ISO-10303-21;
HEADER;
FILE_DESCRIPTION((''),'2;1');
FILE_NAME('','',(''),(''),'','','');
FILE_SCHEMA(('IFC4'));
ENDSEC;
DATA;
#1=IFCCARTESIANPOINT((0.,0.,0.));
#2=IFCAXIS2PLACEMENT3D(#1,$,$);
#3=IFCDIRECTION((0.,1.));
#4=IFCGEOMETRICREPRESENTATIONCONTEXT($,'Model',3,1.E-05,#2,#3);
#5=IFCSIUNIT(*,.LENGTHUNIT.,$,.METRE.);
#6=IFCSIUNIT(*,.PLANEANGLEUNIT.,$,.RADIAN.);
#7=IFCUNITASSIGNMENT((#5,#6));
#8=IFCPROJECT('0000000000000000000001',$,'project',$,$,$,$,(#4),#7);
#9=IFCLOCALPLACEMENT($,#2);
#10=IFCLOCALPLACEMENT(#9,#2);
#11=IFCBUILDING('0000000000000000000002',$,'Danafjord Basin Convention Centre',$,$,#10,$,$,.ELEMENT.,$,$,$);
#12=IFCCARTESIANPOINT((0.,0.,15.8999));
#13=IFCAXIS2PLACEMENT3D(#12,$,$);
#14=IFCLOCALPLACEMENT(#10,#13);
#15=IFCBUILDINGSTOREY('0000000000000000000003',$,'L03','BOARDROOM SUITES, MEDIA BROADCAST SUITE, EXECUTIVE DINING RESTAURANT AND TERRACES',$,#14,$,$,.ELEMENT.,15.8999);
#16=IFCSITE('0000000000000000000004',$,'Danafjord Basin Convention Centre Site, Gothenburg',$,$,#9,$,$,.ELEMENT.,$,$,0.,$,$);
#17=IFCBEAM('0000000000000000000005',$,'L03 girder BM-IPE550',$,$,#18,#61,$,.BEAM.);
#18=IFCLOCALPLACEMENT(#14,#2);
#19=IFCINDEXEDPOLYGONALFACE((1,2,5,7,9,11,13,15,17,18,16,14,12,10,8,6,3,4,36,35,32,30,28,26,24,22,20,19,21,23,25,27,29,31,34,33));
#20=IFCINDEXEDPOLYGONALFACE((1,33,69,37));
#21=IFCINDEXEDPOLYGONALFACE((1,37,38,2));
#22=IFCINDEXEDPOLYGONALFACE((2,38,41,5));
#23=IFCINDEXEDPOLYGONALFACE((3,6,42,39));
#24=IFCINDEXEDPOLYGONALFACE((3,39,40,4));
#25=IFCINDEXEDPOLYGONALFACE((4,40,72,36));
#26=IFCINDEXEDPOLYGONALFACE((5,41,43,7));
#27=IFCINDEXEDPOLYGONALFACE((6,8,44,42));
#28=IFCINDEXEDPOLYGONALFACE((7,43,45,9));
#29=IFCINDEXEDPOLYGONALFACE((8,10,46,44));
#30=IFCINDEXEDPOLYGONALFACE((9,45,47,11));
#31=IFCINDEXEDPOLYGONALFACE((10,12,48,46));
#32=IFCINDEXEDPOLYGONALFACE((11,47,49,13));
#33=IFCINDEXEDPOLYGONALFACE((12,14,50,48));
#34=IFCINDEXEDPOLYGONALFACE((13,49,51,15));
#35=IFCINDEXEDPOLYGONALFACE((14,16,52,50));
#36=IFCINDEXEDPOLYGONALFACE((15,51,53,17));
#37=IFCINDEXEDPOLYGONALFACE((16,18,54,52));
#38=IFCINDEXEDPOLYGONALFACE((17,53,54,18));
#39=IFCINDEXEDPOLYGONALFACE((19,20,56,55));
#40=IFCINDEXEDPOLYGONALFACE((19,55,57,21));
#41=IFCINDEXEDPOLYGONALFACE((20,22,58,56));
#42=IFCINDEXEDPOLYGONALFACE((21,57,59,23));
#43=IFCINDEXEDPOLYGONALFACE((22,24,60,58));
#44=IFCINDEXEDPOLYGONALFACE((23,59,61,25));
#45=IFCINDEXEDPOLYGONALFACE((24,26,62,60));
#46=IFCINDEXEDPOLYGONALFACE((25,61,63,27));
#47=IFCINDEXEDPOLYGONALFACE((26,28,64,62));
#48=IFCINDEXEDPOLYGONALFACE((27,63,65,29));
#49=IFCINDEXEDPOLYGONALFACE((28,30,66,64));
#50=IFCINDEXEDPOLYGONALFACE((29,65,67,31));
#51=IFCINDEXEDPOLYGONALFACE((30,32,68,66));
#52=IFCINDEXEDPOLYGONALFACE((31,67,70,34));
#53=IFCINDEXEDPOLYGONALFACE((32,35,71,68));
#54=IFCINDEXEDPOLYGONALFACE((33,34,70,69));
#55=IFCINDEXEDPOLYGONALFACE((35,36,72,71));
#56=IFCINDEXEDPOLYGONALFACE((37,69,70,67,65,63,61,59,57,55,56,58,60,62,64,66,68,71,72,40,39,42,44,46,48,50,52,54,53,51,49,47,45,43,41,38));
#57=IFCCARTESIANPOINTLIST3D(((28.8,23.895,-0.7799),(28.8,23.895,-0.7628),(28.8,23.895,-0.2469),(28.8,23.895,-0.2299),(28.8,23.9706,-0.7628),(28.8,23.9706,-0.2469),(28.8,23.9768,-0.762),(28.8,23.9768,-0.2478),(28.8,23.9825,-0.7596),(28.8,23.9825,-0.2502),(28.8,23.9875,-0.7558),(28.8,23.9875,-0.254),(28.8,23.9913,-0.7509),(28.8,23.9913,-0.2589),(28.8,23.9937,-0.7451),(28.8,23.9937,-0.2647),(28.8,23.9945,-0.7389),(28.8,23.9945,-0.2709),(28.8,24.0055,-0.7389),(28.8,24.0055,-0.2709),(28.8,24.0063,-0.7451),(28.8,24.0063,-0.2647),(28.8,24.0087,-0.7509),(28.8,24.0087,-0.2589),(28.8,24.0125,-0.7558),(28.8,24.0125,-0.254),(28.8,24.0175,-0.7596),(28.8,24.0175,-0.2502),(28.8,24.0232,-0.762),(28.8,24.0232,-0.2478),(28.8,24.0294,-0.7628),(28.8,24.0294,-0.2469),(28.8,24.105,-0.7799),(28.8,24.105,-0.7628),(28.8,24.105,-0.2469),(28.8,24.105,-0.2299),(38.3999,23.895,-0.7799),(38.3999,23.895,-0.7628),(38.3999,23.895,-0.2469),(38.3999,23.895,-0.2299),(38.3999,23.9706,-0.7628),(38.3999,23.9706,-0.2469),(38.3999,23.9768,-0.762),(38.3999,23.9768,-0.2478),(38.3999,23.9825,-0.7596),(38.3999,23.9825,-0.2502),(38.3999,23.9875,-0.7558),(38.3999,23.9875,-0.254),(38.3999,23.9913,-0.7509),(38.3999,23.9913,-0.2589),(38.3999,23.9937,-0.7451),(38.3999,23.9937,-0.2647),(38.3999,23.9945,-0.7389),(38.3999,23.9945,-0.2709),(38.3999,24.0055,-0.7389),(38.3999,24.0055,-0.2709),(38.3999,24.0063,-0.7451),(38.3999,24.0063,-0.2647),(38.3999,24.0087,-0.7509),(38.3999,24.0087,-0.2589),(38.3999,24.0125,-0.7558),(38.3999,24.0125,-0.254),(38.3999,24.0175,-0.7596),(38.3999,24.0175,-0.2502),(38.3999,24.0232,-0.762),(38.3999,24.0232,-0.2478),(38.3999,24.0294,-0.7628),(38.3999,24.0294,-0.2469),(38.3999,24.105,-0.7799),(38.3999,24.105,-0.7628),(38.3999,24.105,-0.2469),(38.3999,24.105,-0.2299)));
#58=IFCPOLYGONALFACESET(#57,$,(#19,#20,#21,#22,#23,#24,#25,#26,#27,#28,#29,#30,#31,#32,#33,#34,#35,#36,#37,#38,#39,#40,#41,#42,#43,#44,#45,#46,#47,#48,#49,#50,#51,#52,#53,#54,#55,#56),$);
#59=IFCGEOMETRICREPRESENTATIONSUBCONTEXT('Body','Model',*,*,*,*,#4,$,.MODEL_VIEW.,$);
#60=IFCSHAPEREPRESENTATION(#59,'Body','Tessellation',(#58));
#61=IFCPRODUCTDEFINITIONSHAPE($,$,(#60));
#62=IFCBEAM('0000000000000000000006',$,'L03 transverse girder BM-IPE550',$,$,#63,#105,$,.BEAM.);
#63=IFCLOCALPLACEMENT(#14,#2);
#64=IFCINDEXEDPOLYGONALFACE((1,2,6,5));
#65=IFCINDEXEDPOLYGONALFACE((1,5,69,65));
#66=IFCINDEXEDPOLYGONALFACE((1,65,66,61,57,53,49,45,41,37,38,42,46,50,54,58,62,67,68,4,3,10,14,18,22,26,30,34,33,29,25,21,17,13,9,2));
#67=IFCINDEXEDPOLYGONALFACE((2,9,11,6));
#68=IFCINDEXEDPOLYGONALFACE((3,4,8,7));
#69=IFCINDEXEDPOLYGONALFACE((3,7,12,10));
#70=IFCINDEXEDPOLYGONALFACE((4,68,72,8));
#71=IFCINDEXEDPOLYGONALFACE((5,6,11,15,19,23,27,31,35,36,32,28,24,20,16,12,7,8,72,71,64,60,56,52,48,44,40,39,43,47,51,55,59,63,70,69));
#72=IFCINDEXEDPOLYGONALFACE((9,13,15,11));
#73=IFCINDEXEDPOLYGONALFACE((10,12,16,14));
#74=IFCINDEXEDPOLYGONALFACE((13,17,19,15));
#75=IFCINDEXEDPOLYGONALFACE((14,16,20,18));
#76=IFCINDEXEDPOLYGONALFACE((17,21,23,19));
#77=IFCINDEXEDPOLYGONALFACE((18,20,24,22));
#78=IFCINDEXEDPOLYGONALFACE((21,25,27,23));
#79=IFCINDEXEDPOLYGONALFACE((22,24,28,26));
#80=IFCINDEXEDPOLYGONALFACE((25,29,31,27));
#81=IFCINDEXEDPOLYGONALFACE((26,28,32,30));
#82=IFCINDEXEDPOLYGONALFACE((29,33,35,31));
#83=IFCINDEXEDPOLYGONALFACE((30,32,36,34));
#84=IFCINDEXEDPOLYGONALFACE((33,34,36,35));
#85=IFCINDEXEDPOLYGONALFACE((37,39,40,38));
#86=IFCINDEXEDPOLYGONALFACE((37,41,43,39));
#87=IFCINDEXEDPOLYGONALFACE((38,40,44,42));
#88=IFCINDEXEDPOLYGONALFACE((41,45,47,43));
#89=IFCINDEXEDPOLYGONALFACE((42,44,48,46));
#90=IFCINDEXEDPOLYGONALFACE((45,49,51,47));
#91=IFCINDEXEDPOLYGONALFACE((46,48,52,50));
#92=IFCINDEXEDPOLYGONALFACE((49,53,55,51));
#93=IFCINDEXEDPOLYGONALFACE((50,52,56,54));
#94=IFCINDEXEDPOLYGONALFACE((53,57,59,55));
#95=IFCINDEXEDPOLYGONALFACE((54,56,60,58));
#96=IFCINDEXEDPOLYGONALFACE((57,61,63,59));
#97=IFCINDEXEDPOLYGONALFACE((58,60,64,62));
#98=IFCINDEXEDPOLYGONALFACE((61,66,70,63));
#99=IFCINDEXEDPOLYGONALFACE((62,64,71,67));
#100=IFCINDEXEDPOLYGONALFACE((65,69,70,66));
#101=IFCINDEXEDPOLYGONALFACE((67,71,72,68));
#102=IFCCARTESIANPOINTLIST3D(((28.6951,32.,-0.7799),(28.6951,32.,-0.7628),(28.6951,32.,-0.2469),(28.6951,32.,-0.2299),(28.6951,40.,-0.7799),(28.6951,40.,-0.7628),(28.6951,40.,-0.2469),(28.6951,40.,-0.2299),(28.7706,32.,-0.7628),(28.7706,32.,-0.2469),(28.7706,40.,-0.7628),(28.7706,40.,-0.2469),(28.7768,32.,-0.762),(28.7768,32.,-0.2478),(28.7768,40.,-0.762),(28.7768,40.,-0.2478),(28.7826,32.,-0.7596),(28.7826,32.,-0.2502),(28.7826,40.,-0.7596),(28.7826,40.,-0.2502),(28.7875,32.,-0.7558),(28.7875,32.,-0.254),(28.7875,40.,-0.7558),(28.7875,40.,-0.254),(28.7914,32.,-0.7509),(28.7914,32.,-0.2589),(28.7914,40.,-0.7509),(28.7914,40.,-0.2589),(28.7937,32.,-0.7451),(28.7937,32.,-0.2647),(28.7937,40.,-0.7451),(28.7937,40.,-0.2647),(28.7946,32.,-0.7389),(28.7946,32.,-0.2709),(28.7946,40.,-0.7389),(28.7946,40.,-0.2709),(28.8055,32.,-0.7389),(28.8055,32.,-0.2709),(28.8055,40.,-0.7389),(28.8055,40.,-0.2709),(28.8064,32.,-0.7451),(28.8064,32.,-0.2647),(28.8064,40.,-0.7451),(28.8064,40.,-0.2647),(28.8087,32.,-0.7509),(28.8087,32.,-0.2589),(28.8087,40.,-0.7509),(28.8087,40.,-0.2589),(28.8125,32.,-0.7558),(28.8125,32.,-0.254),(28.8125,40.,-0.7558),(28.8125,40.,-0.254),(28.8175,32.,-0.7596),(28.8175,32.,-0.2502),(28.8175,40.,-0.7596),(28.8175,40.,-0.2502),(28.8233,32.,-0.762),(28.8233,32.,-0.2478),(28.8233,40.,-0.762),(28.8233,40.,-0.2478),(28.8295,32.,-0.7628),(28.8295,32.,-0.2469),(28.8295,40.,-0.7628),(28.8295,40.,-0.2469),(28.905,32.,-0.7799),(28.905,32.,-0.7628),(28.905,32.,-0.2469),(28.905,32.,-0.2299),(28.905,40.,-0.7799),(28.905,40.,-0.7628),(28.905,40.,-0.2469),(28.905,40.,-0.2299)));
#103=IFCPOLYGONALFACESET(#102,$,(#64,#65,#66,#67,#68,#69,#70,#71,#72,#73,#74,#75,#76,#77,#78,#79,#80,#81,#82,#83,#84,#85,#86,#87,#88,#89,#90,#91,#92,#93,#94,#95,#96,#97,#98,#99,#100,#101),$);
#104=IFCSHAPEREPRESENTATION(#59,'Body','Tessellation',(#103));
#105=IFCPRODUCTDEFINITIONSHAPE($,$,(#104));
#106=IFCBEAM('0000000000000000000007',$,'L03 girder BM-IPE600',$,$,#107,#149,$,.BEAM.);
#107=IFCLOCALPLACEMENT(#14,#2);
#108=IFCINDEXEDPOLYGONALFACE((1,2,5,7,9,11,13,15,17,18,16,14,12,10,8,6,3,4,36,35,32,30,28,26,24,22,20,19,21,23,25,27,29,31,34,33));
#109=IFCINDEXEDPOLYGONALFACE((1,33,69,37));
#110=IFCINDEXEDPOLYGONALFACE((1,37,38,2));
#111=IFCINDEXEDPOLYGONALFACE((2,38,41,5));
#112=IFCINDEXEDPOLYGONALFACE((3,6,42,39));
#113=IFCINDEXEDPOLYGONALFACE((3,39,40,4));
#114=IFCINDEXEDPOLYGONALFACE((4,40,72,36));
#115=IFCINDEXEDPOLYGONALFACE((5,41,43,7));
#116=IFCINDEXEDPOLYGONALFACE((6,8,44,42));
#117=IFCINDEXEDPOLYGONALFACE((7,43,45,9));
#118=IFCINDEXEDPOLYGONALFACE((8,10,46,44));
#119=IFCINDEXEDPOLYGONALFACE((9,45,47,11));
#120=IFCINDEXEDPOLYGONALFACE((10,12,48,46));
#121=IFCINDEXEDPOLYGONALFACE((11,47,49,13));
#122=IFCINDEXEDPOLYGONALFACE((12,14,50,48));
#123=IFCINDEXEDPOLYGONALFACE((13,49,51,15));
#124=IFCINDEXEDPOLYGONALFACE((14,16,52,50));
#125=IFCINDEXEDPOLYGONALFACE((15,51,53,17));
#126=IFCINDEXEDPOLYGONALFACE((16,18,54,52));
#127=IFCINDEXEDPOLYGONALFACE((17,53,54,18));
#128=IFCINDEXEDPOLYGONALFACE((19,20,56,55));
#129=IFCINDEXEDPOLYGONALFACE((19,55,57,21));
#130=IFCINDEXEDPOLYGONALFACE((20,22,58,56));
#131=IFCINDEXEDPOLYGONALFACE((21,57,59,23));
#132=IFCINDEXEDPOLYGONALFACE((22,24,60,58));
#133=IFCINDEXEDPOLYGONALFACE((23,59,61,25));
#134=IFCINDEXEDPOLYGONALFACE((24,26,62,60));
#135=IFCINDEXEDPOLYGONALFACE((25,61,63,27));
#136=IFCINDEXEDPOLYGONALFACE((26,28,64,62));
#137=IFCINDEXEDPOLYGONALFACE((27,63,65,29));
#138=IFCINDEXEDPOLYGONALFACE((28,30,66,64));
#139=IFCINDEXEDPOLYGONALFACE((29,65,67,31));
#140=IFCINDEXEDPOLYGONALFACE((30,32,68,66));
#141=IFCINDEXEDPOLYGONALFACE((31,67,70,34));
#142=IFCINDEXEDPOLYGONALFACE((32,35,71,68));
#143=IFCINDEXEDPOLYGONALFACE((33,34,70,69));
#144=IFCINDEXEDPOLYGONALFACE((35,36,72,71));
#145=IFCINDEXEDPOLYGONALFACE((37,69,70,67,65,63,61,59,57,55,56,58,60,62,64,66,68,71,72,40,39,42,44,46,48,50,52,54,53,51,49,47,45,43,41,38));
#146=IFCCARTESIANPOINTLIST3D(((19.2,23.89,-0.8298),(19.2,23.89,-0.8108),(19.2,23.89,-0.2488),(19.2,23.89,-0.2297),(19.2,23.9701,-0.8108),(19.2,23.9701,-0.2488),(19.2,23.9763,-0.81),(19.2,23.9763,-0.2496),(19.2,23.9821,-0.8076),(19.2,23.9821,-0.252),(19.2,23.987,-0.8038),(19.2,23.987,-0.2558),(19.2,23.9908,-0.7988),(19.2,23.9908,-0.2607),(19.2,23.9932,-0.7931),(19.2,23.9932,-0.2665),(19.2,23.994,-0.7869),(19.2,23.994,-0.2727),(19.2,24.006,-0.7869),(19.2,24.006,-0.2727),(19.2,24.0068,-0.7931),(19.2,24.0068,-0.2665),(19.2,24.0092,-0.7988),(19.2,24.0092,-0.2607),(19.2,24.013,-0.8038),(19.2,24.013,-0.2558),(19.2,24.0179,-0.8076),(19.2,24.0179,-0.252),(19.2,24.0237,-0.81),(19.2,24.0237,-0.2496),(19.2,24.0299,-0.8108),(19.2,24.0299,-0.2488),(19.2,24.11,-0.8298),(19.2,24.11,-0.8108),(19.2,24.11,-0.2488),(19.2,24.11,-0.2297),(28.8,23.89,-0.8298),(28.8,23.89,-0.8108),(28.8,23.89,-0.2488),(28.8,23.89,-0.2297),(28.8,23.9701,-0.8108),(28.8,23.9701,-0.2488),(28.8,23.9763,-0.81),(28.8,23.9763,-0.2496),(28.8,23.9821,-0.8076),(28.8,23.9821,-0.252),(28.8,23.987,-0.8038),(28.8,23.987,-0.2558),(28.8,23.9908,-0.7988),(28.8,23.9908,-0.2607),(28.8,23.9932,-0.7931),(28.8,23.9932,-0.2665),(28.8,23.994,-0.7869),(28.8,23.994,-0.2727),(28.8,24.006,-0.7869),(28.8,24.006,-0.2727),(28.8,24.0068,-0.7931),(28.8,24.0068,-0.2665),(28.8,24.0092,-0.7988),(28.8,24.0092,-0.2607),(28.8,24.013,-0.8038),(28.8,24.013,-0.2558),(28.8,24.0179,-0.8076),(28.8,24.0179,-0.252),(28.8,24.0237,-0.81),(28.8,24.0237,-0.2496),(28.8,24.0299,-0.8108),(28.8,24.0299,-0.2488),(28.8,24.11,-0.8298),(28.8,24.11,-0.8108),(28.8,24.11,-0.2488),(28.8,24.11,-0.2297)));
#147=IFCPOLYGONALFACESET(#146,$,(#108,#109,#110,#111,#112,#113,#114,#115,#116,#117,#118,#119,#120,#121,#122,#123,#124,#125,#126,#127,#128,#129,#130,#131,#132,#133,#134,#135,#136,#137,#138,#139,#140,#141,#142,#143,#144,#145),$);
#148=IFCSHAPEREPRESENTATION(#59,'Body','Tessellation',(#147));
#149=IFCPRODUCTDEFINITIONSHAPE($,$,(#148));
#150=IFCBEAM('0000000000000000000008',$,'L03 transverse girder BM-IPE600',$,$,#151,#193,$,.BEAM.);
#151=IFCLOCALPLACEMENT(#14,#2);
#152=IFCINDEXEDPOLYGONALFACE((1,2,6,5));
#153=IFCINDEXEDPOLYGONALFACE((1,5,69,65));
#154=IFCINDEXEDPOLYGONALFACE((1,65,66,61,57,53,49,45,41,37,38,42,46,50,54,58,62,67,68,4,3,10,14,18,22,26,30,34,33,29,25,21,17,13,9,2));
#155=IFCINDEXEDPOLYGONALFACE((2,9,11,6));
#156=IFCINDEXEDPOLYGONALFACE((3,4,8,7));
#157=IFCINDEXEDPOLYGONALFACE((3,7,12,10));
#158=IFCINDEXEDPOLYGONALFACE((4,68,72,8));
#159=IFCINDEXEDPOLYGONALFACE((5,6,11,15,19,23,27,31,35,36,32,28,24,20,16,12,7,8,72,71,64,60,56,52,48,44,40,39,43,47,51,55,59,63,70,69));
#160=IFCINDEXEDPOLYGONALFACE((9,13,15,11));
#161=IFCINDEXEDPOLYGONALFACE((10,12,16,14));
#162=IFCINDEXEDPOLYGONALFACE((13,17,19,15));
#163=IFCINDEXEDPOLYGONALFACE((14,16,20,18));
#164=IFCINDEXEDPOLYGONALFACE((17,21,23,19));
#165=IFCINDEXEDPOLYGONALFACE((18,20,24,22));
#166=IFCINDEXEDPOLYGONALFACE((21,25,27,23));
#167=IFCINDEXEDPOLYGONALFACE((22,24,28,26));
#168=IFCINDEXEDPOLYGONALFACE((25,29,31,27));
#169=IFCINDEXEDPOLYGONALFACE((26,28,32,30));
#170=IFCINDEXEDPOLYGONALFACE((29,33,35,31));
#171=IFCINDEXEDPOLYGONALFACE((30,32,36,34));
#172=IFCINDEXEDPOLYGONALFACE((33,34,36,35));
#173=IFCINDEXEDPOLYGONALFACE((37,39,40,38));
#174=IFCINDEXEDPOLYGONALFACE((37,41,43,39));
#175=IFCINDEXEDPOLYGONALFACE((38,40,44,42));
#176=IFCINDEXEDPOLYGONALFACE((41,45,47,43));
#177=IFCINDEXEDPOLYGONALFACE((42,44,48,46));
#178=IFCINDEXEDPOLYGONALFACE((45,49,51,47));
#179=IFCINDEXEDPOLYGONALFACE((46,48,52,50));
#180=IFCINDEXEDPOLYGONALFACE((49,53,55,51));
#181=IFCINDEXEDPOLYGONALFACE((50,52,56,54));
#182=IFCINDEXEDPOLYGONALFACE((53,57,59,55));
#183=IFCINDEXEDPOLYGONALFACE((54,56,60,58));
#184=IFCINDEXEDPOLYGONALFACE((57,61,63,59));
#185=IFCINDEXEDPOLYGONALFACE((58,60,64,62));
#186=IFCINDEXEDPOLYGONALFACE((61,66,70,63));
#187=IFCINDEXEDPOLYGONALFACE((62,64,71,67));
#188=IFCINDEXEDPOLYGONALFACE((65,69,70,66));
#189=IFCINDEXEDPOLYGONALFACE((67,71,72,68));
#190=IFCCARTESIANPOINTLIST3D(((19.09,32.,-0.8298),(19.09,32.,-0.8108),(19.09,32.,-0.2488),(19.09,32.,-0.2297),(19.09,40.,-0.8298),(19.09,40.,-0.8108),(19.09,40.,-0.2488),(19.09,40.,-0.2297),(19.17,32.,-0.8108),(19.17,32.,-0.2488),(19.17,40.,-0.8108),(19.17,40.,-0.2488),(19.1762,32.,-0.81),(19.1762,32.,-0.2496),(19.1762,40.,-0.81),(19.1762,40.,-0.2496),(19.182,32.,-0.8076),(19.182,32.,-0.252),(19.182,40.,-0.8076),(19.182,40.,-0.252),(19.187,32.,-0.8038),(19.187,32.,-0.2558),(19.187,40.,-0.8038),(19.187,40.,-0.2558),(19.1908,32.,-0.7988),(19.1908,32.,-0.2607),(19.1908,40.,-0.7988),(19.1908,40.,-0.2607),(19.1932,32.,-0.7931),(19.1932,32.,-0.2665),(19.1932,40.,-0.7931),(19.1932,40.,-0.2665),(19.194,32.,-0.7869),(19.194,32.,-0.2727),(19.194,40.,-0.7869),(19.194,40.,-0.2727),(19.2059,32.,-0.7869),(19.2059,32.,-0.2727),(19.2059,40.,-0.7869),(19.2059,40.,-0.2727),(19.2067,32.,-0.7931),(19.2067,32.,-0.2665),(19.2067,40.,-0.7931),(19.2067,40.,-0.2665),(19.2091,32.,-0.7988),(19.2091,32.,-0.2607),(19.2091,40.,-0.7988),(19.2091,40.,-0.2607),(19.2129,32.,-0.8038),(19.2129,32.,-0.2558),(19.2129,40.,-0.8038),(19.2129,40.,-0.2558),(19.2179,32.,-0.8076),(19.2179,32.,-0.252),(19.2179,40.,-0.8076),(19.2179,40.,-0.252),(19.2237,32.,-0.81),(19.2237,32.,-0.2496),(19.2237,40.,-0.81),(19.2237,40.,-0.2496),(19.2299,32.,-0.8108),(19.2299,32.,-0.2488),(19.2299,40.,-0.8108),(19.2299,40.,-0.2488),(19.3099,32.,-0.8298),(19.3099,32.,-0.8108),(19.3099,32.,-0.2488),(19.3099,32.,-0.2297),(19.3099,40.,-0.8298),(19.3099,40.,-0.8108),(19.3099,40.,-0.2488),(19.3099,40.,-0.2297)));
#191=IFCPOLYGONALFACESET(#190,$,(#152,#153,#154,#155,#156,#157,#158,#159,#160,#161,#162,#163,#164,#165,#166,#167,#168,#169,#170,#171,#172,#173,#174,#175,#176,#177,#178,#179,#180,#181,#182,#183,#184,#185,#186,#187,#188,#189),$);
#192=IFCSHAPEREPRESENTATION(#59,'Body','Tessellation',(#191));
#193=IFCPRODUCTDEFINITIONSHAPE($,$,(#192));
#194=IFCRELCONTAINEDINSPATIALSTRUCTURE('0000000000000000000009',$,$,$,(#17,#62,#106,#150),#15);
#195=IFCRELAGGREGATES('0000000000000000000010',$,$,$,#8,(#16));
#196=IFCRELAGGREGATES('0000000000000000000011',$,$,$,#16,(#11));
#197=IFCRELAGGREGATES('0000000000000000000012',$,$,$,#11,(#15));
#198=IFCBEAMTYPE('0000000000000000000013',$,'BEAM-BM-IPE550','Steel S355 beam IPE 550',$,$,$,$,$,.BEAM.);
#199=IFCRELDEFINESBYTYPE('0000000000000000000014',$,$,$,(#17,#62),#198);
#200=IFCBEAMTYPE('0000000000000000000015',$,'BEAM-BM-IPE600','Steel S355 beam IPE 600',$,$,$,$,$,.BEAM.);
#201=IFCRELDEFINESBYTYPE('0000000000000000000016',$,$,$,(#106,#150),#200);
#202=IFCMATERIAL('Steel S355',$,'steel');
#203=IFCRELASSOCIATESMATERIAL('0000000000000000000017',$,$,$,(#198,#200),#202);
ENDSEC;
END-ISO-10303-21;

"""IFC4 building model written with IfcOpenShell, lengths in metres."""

from ifc_helpers import new_model, si_unit, direction, frame, origin, origin_2d, place, context, subcontext, project, spatial, i_section, extrude, material, material_profile, profile_set, type_object, element, save


model = new_model("IFC4")

# Units and contexts
model_context = context("Model", 3, precision=1e-05, world=origin(), true_north=direction((0.0, 1.0)))
body_context = subcontext(model_context, "Body", "Model", "MODEL_VIEW")
ifc_project = project(units=[si_unit("LENGTHUNIT", "METRE"), si_unit("PLANEANGLEUNIT", "RADIAN")], contexts=[model_context])

# Site, building, storey
site_placement = place(None, origin())
site = spatial("IfcSite", under=ifc_project, at=site_placement, Name="Danafjord Basin Convention Centre Site, Gothenburg", CompositionType="ELEMENT", RefElevation=0.0)
building_placement = place(site_placement, origin())
building = spatial("IfcBuilding", under=site, at=building_placement, Name="Danafjord Basin Convention Centre", CompositionType="ELEMENT")
storey_placement = place(building_placement, frame((0.0, 0.0, 15.8999)))
storey = spatial("IfcBuildingStorey", under=building, at=storey_placement, Name="L03", Description="BOARDROOM SUITES, MEDIA BROADCAST SUITE, EXECUTIVE DINING RESTAURANT AND TERRACES", CompositionType="ELEMENT", Elevation=15.8999)

# Shared definitions
ifc_material_1 = material(Name="Steel S355", Category="steel")

# Beams
ifc_material_profile_1 = material_profile(ifc_material_1, i_section(OverallWidth=0.21, OverallDepth=0.55, WebThickness=0.011, FlangeThickness=0.0171, FilletRadius=0.0239, at=origin_2d()), Name="IPE 550")
ifc_profile_set_1 = profile_set([ifc_material_profile_1], Name="Steel S355")
beam_type_1 = type_object("IfcBeamType", Name="BEAM-BM-IPE550", Description="Steel S355 beam IPE 550", PredefinedType="BEAM", material=ifc_profile_set_1)
beam_1_placement = place(storey_placement, frame((28.8, 24.0, -0.5049), z_axis=(1.0, 0.0, 0.0), x_axis=(0.0, 1.0, 0.0)))
element("IfcBeam", 1, at=beam_1_placement, inside=storey, type_object=beam_type_1, Name="L03 girder BM-IPE550", PredefinedType="BEAM", context=body_context, shape_type="SweptSolid", body=[
    extrude(i_section(OverallWidth=0.21, OverallDepth=0.55, WebThickness=0.011, FlangeThickness=0.0171, FilletRadius=0.0239, at=origin_2d()), origin(), (0.0, 0.0, 1.0), 9.5999),
])
beam_2_placement = place(storey_placement, frame((28.8, 32.0, -0.5049), z_axis=(0.0, 1.0, 0.0), x_axis=(-1.0, 0.0, 0.0)))
element("IfcBeam", 2, at=beam_2_placement, inside=storey, type_object=beam_type_1, Name="L03 transverse girder BM-IPE550", PredefinedType="BEAM", context=body_context, shape_type="SweptSolid", body=[
    extrude(i_section(OverallWidth=0.21, OverallDepth=0.55, WebThickness=0.011, FlangeThickness=0.0171, FilletRadius=0.0239, at=origin_2d()), origin(), (0.0, 0.0, 1.0), 8.0),
])
ifc_material_profile_2 = material_profile(ifc_material_1, i_section(OverallWidth=0.22, OverallDepth=0.6001, WebThickness=0.012, FlangeThickness=0.019, FilletRadius=0.0239, at=origin_2d()), Name="IPE 600")
ifc_profile_set_2 = profile_set([ifc_material_profile_2], Name="Steel S355")
beam_type_2 = type_object("IfcBeamType", Name="BEAM-BM-IPE600", Description="Steel S355 beam IPE 600", PredefinedType="BEAM", material=ifc_profile_set_2)
beam_3_placement = place(storey_placement, frame((19.2, 24.0, -0.5298), z_axis=(1.0, 0.0, 0.0), x_axis=(0.0, 1.0, 0.0)))
element("IfcBeam", 3, at=beam_3_placement, inside=storey, type_object=beam_type_2, Name="L03 girder BM-IPE600", PredefinedType="BEAM", context=body_context, shape_type="SweptSolid", body=[
    extrude(i_section(OverallWidth=0.22, OverallDepth=0.6001, WebThickness=0.012, FlangeThickness=0.019, FilletRadius=0.0239, at=origin_2d()), origin(), (0.0, 0.0, 1.0), 9.6001),
])
for number, where, z_axis, x_axis, name in (
    (4, (19.2, 32.0, -0.5298), (0.0, 1.0, 0.0), (-1.0, 0.0, 0.0), "L03 transverse girder BM-IPE600"),
):
    element("IfcBeam", number, at=place(storey_placement, frame(where, z_axis=z_axis, x_axis=x_axis)), inside=storey, type_object=beam_type_2, Name=name, PredefinedType="BEAM", context=body_context, shape_type="SweptSolid", body=[
        extrude(i_section(OverallWidth=0.22, OverallDepth=0.6001, WebThickness=0.012, FlangeThickness=0.019, FilletRadius=0.0239, at=origin_2d()), origin(), (0.0, 0.0, 1.0), 8.0),
    ])

save(model, "model.ifc")
